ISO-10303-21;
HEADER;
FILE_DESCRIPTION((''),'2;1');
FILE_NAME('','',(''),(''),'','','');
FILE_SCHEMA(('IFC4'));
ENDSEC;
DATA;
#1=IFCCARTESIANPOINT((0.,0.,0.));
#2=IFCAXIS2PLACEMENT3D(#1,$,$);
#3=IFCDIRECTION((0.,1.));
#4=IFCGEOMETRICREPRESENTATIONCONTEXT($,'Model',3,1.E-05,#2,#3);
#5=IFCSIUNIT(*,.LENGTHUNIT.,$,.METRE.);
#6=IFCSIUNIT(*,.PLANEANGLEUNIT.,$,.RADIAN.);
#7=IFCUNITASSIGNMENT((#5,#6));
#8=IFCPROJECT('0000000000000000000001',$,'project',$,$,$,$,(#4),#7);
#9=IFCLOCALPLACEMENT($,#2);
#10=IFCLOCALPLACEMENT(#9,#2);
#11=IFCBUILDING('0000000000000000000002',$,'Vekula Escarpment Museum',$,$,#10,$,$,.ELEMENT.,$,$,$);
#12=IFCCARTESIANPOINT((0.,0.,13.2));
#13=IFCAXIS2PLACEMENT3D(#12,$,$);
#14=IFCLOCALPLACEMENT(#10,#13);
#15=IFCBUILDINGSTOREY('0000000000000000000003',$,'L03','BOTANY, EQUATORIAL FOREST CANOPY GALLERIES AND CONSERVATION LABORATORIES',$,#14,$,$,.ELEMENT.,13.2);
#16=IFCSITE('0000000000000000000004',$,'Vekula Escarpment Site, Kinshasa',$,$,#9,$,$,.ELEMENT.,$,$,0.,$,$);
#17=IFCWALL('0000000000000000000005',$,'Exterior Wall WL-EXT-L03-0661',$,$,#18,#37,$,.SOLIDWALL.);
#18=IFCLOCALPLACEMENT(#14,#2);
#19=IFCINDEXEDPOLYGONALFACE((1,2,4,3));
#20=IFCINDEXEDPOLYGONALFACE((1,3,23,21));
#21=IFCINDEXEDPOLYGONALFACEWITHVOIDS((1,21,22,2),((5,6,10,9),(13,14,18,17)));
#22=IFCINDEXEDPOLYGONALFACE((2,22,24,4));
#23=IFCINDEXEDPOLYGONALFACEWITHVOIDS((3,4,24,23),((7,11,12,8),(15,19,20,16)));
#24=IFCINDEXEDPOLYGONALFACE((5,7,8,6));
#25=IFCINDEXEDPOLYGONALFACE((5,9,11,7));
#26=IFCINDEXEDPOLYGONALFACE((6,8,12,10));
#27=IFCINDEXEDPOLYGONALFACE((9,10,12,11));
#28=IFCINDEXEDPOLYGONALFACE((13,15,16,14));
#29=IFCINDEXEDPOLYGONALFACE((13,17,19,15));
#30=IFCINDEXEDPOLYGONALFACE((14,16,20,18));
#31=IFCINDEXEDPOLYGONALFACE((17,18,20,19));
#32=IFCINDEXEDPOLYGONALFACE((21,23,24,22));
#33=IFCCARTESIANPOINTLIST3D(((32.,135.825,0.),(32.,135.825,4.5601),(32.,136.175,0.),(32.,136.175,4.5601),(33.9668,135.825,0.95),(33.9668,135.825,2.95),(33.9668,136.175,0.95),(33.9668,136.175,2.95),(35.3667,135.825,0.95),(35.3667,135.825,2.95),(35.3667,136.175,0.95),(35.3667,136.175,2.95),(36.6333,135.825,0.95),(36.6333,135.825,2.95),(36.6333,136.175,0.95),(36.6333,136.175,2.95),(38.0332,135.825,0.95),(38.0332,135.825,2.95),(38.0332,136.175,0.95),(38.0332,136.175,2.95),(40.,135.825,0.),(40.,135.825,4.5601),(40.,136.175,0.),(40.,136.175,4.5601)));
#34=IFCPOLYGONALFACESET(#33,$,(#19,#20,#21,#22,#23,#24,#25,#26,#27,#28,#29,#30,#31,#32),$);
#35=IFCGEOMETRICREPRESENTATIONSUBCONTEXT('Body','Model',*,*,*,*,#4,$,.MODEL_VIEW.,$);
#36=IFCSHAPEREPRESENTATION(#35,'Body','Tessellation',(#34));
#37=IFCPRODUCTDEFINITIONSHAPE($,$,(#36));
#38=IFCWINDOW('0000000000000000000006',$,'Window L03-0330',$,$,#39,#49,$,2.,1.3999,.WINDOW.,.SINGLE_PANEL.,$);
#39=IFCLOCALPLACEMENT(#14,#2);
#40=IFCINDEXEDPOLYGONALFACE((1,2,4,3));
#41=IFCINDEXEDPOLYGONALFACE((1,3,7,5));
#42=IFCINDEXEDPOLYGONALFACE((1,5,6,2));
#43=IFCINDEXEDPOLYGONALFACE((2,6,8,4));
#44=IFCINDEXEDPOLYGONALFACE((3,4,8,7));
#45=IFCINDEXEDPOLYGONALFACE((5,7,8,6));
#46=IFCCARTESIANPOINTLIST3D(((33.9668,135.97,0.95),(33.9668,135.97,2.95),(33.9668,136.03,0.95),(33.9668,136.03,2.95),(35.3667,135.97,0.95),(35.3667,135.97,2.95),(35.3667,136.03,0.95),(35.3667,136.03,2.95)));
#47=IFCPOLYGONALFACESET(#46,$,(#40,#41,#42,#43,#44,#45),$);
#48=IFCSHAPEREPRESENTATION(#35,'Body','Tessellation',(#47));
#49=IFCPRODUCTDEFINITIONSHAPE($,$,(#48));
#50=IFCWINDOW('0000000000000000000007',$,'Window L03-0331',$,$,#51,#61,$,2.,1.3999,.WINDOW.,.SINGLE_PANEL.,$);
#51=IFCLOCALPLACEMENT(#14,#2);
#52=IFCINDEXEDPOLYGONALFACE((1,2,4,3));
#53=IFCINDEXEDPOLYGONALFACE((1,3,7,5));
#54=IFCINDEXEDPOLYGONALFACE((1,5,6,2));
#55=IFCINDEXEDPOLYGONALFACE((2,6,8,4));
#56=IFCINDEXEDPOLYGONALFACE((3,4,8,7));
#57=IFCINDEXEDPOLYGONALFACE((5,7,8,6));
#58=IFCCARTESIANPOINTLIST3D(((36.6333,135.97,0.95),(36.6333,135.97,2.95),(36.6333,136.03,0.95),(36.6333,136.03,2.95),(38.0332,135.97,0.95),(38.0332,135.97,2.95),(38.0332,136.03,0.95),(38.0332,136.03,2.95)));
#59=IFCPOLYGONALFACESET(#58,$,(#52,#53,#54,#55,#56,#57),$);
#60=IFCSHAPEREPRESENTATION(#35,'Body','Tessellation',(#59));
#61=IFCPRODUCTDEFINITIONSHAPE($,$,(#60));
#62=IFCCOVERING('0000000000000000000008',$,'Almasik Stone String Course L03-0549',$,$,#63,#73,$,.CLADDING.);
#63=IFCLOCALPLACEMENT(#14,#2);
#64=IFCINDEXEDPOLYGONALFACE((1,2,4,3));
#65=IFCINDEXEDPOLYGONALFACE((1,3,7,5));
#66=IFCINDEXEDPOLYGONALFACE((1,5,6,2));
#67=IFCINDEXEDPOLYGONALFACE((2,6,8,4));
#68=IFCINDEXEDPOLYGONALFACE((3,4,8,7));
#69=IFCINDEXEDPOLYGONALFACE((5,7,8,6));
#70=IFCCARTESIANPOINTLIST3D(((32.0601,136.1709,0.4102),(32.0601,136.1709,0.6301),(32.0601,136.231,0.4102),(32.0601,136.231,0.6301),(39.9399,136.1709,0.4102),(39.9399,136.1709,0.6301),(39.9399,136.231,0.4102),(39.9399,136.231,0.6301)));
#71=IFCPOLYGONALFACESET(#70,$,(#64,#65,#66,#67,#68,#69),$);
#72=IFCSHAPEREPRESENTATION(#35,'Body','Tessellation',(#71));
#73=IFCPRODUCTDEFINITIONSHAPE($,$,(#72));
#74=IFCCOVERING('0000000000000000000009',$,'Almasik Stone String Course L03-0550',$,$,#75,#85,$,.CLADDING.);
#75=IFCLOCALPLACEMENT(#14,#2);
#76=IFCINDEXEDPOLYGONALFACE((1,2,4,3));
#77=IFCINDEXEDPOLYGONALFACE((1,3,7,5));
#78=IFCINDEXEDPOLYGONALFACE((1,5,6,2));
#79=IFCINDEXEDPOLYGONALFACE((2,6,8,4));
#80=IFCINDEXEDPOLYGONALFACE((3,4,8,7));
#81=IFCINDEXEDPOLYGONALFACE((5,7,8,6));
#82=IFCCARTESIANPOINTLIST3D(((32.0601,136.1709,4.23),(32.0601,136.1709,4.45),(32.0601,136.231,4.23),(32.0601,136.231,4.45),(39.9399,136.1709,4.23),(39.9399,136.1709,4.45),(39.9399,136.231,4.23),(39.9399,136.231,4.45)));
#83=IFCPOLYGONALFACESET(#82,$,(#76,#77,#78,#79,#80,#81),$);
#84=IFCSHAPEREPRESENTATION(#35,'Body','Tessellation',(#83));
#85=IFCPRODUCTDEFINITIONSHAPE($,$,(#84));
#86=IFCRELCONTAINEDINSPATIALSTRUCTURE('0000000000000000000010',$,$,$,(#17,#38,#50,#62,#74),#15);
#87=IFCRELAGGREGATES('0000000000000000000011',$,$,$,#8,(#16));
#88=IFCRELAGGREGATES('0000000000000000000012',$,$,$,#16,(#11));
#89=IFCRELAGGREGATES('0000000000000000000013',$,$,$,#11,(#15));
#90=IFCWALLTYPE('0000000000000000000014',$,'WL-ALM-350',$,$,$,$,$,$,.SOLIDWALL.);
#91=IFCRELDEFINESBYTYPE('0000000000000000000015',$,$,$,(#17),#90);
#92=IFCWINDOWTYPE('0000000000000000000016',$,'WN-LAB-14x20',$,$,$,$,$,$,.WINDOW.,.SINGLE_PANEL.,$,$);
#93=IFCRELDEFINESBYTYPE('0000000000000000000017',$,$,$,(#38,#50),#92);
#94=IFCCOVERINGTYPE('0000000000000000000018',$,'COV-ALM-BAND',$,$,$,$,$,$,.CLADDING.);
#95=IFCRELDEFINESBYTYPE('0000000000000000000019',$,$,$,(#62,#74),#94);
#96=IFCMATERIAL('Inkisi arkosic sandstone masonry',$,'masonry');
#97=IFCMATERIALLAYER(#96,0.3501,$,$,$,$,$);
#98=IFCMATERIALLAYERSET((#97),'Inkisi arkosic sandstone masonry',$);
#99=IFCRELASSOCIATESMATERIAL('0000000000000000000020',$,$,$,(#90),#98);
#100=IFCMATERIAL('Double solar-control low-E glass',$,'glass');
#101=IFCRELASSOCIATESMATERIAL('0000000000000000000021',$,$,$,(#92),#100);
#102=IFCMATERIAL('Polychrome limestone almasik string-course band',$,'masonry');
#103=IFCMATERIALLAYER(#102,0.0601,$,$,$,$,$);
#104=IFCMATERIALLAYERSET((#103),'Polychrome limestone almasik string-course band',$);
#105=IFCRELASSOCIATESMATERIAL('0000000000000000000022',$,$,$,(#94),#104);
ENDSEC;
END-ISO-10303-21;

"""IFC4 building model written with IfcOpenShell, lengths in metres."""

from ifc_helpers import new_model, si_unit, direction, frame, frame_2d, origin, origin_2d, place, context, subcontext, project, spatial, rectangle, extrude, material, layer, layer_set, type_object, element, fill, save


model = new_model("IFC4")

# Units and contexts
model_context = context("Model", 3, precision=1e-05, world=origin(), true_north=direction((0.0, 1.0)))
body_context = subcontext(model_context, "Body", "Model", "MODEL_VIEW")
ifc_project = project(units=[si_unit("LENGTHUNIT", "METRE"), si_unit("PLANEANGLEUNIT", "RADIAN")], contexts=[model_context])

# Site, building, storey
site_placement = place(None, origin())
site = spatial("IfcSite", under=ifc_project, at=site_placement, Name="Vekula Escarpment Site, Kinshasa", CompositionType="ELEMENT", RefElevation=0.0)
building_placement = place(site_placement, origin())
building = spatial("IfcBuilding", under=site, at=building_placement, Name="Vekula Escarpment Museum", CompositionType="ELEMENT")
storey_placement = place(building_placement, frame((0.0, 0.0, 13.2)))
storey = spatial("IfcBuildingStorey", under=building, at=storey_placement, Name="L03", Description="BOTANY, EQUATORIAL FOREST CANOPY GALLERIES AND CONSERVATION LABORATORIES", CompositionType="ELEMENT", Elevation=13.2)

# Wall, openings, windows
ifc_material_1 = material(Name="Inkisi arkosic sandstone masonry", Category="masonry")
ifc_layer_1 = layer(ifc_material_1, 0.3501)
ifc_layer_set_1 = layer_set([ifc_layer_1], Name="Inkisi arkosic sandstone masonry")
wall_type = type_object("IfcWallType", Name="WL-ALM-350", PredefinedType="SOLIDWALL", material=ifc_layer_set_1)
wall_placement = place(storey_placement, frame((32.0, 136.0, 0.0), z_axis=(0.0, 0.0, 1.0), x_axis=(1.0, 0.0, 0.0)))
wall = element("IfcWall", 1, at=wall_placement, inside=storey, type_object=wall_type, Name="Exterior Wall WL-EXT-L03-0661", PredefinedType="SOLIDWALL", context=body_context, shape_type="SweptSolid", body=[
    extrude(rectangle(XDim=8.0, YDim=0.3501, at=frame_2d((4.0, 0.0))), origin(), (0.0, 0.0, 1.0), 4.5601),
])
opening_1_placement = place(wall_placement, frame((1.9668, 0.0, 0.95)))
opening_1 = element("IfcOpeningElement", 2, at=opening_1_placement, cuts=wall, PredefinedType="OPENING", context=body_context, shape_type="SweptSolid", body=[
    extrude(rectangle(XDim=1.3999, YDim=2.0, at=frame_2d((0.7, 1.0))), frame((0.0, 0.1851, 0.0), z_axis=(0.0, -1.0, 0.0), x_axis=(1.0, 0.0, 0.0)), (0.0, 0.0, 1.0), 0.3701),
])
opening_2_placement = place(wall_placement, frame((4.6333, 0.0, 0.95)))
opening_2 = element("IfcOpeningElement", 3, at=opening_2_placement, cuts=wall, PredefinedType="OPENING", context=body_context, shape_type="SweptSolid", body=[
    extrude(rectangle(XDim=1.3999, YDim=2.0, at=frame_2d((0.7, 1.0))), frame((0.0, 0.1851, 0.0), z_axis=(0.0, -1.0, 0.0), x_axis=(1.0, 0.0, 0.0)), (0.0, 0.0, 1.0), 0.3701),
])
ifc_material_2 = material(Name="Double solar-control low-E glass", Category="glass")
window_type = type_object("IfcWindowType", Name="WN-LAB-14x20", PartitioningType="SINGLE_PANEL", PredefinedType="WINDOW", material=ifc_material_2)
window_1_placement = place(opening_1_placement, origin())
window_1 = element("IfcWindow", 4, at=window_1_placement, inside=storey, type_object=window_type, Name="Window L03-0330", OverallHeight=2.0, OverallWidth=1.3999, PartitioningType="SINGLE_PANEL", PredefinedType="WINDOW", context=body_context, shape_type="SweptSolid", body=[
    extrude(rectangle(XDim=1.3999, YDim=2.0, at=frame_2d((0.7, 1.0))), frame((0.0, 0.03, 0.0), z_axis=(0.0, -1.0, 0.0), x_axis=(1.0, 0.0, 0.0)), (0.0, 0.0, 1.0), 0.0601),
])
fill(opening_1, window_1)
window_2_placement = place(opening_2_placement, origin())
window_2 = element("IfcWindow", 5, at=window_2_placement, inside=storey, type_object=window_type, Name="Window L03-0331", OverallHeight=2.0, OverallWidth=1.3999, PartitioningType="SINGLE_PANEL", PredefinedType="WINDOW", context=body_context, shape_type="SweptSolid", body=[
    extrude(rectangle(XDim=1.3999, YDim=2.0, at=frame_2d((0.7, 1.0))), frame((0.0, 0.03, 0.0), z_axis=(0.0, -1.0, 0.0), x_axis=(1.0, 0.0, 0.0)), (0.0, 0.0, 1.0), 0.0601),
])
fill(opening_2, window_2)

# Coverings
ifc_material_3 = material(Name="Polychrome limestone almasik string-course band", Category="masonry")
ifc_layer_2 = layer(ifc_material_3, 0.0601)
ifc_layer_set_2 = layer_set([ifc_layer_2], Name="Polychrome limestone almasik string-course band")
covering_type = type_object("IfcCoveringType", Name="COV-ALM-BAND", PredefinedType="CLADDING", material=ifc_layer_set_2)
for number, where, z_axis, x_axis, name in (
    (6, (36.0, 136.2009, 0.4102), (0.0, 0.0, 1.0), (1.0, 0.0, 0.0), "Almasik Stone String Course L03-0549"),
    (7, (36.0, 136.2009, 4.23), (0.0, 0.0, 1.0), (1.0, 0.0, 0.0), "Almasik Stone String Course L03-0550"),
):
    element("IfcCovering", number, at=place(storey_placement, frame(where, z_axis=z_axis, x_axis=x_axis)), inside=storey, type_object=covering_type, Name=name, PredefinedType="CLADDING", context=body_context, shape_type="SweptSolid", body=[
        extrude(rectangle(XDim=7.8799, YDim=0.0601, at=origin_2d()), origin(), (0.0, 0.0, 1.0), 0.22),
    ])

save(model, "model.ifc")
